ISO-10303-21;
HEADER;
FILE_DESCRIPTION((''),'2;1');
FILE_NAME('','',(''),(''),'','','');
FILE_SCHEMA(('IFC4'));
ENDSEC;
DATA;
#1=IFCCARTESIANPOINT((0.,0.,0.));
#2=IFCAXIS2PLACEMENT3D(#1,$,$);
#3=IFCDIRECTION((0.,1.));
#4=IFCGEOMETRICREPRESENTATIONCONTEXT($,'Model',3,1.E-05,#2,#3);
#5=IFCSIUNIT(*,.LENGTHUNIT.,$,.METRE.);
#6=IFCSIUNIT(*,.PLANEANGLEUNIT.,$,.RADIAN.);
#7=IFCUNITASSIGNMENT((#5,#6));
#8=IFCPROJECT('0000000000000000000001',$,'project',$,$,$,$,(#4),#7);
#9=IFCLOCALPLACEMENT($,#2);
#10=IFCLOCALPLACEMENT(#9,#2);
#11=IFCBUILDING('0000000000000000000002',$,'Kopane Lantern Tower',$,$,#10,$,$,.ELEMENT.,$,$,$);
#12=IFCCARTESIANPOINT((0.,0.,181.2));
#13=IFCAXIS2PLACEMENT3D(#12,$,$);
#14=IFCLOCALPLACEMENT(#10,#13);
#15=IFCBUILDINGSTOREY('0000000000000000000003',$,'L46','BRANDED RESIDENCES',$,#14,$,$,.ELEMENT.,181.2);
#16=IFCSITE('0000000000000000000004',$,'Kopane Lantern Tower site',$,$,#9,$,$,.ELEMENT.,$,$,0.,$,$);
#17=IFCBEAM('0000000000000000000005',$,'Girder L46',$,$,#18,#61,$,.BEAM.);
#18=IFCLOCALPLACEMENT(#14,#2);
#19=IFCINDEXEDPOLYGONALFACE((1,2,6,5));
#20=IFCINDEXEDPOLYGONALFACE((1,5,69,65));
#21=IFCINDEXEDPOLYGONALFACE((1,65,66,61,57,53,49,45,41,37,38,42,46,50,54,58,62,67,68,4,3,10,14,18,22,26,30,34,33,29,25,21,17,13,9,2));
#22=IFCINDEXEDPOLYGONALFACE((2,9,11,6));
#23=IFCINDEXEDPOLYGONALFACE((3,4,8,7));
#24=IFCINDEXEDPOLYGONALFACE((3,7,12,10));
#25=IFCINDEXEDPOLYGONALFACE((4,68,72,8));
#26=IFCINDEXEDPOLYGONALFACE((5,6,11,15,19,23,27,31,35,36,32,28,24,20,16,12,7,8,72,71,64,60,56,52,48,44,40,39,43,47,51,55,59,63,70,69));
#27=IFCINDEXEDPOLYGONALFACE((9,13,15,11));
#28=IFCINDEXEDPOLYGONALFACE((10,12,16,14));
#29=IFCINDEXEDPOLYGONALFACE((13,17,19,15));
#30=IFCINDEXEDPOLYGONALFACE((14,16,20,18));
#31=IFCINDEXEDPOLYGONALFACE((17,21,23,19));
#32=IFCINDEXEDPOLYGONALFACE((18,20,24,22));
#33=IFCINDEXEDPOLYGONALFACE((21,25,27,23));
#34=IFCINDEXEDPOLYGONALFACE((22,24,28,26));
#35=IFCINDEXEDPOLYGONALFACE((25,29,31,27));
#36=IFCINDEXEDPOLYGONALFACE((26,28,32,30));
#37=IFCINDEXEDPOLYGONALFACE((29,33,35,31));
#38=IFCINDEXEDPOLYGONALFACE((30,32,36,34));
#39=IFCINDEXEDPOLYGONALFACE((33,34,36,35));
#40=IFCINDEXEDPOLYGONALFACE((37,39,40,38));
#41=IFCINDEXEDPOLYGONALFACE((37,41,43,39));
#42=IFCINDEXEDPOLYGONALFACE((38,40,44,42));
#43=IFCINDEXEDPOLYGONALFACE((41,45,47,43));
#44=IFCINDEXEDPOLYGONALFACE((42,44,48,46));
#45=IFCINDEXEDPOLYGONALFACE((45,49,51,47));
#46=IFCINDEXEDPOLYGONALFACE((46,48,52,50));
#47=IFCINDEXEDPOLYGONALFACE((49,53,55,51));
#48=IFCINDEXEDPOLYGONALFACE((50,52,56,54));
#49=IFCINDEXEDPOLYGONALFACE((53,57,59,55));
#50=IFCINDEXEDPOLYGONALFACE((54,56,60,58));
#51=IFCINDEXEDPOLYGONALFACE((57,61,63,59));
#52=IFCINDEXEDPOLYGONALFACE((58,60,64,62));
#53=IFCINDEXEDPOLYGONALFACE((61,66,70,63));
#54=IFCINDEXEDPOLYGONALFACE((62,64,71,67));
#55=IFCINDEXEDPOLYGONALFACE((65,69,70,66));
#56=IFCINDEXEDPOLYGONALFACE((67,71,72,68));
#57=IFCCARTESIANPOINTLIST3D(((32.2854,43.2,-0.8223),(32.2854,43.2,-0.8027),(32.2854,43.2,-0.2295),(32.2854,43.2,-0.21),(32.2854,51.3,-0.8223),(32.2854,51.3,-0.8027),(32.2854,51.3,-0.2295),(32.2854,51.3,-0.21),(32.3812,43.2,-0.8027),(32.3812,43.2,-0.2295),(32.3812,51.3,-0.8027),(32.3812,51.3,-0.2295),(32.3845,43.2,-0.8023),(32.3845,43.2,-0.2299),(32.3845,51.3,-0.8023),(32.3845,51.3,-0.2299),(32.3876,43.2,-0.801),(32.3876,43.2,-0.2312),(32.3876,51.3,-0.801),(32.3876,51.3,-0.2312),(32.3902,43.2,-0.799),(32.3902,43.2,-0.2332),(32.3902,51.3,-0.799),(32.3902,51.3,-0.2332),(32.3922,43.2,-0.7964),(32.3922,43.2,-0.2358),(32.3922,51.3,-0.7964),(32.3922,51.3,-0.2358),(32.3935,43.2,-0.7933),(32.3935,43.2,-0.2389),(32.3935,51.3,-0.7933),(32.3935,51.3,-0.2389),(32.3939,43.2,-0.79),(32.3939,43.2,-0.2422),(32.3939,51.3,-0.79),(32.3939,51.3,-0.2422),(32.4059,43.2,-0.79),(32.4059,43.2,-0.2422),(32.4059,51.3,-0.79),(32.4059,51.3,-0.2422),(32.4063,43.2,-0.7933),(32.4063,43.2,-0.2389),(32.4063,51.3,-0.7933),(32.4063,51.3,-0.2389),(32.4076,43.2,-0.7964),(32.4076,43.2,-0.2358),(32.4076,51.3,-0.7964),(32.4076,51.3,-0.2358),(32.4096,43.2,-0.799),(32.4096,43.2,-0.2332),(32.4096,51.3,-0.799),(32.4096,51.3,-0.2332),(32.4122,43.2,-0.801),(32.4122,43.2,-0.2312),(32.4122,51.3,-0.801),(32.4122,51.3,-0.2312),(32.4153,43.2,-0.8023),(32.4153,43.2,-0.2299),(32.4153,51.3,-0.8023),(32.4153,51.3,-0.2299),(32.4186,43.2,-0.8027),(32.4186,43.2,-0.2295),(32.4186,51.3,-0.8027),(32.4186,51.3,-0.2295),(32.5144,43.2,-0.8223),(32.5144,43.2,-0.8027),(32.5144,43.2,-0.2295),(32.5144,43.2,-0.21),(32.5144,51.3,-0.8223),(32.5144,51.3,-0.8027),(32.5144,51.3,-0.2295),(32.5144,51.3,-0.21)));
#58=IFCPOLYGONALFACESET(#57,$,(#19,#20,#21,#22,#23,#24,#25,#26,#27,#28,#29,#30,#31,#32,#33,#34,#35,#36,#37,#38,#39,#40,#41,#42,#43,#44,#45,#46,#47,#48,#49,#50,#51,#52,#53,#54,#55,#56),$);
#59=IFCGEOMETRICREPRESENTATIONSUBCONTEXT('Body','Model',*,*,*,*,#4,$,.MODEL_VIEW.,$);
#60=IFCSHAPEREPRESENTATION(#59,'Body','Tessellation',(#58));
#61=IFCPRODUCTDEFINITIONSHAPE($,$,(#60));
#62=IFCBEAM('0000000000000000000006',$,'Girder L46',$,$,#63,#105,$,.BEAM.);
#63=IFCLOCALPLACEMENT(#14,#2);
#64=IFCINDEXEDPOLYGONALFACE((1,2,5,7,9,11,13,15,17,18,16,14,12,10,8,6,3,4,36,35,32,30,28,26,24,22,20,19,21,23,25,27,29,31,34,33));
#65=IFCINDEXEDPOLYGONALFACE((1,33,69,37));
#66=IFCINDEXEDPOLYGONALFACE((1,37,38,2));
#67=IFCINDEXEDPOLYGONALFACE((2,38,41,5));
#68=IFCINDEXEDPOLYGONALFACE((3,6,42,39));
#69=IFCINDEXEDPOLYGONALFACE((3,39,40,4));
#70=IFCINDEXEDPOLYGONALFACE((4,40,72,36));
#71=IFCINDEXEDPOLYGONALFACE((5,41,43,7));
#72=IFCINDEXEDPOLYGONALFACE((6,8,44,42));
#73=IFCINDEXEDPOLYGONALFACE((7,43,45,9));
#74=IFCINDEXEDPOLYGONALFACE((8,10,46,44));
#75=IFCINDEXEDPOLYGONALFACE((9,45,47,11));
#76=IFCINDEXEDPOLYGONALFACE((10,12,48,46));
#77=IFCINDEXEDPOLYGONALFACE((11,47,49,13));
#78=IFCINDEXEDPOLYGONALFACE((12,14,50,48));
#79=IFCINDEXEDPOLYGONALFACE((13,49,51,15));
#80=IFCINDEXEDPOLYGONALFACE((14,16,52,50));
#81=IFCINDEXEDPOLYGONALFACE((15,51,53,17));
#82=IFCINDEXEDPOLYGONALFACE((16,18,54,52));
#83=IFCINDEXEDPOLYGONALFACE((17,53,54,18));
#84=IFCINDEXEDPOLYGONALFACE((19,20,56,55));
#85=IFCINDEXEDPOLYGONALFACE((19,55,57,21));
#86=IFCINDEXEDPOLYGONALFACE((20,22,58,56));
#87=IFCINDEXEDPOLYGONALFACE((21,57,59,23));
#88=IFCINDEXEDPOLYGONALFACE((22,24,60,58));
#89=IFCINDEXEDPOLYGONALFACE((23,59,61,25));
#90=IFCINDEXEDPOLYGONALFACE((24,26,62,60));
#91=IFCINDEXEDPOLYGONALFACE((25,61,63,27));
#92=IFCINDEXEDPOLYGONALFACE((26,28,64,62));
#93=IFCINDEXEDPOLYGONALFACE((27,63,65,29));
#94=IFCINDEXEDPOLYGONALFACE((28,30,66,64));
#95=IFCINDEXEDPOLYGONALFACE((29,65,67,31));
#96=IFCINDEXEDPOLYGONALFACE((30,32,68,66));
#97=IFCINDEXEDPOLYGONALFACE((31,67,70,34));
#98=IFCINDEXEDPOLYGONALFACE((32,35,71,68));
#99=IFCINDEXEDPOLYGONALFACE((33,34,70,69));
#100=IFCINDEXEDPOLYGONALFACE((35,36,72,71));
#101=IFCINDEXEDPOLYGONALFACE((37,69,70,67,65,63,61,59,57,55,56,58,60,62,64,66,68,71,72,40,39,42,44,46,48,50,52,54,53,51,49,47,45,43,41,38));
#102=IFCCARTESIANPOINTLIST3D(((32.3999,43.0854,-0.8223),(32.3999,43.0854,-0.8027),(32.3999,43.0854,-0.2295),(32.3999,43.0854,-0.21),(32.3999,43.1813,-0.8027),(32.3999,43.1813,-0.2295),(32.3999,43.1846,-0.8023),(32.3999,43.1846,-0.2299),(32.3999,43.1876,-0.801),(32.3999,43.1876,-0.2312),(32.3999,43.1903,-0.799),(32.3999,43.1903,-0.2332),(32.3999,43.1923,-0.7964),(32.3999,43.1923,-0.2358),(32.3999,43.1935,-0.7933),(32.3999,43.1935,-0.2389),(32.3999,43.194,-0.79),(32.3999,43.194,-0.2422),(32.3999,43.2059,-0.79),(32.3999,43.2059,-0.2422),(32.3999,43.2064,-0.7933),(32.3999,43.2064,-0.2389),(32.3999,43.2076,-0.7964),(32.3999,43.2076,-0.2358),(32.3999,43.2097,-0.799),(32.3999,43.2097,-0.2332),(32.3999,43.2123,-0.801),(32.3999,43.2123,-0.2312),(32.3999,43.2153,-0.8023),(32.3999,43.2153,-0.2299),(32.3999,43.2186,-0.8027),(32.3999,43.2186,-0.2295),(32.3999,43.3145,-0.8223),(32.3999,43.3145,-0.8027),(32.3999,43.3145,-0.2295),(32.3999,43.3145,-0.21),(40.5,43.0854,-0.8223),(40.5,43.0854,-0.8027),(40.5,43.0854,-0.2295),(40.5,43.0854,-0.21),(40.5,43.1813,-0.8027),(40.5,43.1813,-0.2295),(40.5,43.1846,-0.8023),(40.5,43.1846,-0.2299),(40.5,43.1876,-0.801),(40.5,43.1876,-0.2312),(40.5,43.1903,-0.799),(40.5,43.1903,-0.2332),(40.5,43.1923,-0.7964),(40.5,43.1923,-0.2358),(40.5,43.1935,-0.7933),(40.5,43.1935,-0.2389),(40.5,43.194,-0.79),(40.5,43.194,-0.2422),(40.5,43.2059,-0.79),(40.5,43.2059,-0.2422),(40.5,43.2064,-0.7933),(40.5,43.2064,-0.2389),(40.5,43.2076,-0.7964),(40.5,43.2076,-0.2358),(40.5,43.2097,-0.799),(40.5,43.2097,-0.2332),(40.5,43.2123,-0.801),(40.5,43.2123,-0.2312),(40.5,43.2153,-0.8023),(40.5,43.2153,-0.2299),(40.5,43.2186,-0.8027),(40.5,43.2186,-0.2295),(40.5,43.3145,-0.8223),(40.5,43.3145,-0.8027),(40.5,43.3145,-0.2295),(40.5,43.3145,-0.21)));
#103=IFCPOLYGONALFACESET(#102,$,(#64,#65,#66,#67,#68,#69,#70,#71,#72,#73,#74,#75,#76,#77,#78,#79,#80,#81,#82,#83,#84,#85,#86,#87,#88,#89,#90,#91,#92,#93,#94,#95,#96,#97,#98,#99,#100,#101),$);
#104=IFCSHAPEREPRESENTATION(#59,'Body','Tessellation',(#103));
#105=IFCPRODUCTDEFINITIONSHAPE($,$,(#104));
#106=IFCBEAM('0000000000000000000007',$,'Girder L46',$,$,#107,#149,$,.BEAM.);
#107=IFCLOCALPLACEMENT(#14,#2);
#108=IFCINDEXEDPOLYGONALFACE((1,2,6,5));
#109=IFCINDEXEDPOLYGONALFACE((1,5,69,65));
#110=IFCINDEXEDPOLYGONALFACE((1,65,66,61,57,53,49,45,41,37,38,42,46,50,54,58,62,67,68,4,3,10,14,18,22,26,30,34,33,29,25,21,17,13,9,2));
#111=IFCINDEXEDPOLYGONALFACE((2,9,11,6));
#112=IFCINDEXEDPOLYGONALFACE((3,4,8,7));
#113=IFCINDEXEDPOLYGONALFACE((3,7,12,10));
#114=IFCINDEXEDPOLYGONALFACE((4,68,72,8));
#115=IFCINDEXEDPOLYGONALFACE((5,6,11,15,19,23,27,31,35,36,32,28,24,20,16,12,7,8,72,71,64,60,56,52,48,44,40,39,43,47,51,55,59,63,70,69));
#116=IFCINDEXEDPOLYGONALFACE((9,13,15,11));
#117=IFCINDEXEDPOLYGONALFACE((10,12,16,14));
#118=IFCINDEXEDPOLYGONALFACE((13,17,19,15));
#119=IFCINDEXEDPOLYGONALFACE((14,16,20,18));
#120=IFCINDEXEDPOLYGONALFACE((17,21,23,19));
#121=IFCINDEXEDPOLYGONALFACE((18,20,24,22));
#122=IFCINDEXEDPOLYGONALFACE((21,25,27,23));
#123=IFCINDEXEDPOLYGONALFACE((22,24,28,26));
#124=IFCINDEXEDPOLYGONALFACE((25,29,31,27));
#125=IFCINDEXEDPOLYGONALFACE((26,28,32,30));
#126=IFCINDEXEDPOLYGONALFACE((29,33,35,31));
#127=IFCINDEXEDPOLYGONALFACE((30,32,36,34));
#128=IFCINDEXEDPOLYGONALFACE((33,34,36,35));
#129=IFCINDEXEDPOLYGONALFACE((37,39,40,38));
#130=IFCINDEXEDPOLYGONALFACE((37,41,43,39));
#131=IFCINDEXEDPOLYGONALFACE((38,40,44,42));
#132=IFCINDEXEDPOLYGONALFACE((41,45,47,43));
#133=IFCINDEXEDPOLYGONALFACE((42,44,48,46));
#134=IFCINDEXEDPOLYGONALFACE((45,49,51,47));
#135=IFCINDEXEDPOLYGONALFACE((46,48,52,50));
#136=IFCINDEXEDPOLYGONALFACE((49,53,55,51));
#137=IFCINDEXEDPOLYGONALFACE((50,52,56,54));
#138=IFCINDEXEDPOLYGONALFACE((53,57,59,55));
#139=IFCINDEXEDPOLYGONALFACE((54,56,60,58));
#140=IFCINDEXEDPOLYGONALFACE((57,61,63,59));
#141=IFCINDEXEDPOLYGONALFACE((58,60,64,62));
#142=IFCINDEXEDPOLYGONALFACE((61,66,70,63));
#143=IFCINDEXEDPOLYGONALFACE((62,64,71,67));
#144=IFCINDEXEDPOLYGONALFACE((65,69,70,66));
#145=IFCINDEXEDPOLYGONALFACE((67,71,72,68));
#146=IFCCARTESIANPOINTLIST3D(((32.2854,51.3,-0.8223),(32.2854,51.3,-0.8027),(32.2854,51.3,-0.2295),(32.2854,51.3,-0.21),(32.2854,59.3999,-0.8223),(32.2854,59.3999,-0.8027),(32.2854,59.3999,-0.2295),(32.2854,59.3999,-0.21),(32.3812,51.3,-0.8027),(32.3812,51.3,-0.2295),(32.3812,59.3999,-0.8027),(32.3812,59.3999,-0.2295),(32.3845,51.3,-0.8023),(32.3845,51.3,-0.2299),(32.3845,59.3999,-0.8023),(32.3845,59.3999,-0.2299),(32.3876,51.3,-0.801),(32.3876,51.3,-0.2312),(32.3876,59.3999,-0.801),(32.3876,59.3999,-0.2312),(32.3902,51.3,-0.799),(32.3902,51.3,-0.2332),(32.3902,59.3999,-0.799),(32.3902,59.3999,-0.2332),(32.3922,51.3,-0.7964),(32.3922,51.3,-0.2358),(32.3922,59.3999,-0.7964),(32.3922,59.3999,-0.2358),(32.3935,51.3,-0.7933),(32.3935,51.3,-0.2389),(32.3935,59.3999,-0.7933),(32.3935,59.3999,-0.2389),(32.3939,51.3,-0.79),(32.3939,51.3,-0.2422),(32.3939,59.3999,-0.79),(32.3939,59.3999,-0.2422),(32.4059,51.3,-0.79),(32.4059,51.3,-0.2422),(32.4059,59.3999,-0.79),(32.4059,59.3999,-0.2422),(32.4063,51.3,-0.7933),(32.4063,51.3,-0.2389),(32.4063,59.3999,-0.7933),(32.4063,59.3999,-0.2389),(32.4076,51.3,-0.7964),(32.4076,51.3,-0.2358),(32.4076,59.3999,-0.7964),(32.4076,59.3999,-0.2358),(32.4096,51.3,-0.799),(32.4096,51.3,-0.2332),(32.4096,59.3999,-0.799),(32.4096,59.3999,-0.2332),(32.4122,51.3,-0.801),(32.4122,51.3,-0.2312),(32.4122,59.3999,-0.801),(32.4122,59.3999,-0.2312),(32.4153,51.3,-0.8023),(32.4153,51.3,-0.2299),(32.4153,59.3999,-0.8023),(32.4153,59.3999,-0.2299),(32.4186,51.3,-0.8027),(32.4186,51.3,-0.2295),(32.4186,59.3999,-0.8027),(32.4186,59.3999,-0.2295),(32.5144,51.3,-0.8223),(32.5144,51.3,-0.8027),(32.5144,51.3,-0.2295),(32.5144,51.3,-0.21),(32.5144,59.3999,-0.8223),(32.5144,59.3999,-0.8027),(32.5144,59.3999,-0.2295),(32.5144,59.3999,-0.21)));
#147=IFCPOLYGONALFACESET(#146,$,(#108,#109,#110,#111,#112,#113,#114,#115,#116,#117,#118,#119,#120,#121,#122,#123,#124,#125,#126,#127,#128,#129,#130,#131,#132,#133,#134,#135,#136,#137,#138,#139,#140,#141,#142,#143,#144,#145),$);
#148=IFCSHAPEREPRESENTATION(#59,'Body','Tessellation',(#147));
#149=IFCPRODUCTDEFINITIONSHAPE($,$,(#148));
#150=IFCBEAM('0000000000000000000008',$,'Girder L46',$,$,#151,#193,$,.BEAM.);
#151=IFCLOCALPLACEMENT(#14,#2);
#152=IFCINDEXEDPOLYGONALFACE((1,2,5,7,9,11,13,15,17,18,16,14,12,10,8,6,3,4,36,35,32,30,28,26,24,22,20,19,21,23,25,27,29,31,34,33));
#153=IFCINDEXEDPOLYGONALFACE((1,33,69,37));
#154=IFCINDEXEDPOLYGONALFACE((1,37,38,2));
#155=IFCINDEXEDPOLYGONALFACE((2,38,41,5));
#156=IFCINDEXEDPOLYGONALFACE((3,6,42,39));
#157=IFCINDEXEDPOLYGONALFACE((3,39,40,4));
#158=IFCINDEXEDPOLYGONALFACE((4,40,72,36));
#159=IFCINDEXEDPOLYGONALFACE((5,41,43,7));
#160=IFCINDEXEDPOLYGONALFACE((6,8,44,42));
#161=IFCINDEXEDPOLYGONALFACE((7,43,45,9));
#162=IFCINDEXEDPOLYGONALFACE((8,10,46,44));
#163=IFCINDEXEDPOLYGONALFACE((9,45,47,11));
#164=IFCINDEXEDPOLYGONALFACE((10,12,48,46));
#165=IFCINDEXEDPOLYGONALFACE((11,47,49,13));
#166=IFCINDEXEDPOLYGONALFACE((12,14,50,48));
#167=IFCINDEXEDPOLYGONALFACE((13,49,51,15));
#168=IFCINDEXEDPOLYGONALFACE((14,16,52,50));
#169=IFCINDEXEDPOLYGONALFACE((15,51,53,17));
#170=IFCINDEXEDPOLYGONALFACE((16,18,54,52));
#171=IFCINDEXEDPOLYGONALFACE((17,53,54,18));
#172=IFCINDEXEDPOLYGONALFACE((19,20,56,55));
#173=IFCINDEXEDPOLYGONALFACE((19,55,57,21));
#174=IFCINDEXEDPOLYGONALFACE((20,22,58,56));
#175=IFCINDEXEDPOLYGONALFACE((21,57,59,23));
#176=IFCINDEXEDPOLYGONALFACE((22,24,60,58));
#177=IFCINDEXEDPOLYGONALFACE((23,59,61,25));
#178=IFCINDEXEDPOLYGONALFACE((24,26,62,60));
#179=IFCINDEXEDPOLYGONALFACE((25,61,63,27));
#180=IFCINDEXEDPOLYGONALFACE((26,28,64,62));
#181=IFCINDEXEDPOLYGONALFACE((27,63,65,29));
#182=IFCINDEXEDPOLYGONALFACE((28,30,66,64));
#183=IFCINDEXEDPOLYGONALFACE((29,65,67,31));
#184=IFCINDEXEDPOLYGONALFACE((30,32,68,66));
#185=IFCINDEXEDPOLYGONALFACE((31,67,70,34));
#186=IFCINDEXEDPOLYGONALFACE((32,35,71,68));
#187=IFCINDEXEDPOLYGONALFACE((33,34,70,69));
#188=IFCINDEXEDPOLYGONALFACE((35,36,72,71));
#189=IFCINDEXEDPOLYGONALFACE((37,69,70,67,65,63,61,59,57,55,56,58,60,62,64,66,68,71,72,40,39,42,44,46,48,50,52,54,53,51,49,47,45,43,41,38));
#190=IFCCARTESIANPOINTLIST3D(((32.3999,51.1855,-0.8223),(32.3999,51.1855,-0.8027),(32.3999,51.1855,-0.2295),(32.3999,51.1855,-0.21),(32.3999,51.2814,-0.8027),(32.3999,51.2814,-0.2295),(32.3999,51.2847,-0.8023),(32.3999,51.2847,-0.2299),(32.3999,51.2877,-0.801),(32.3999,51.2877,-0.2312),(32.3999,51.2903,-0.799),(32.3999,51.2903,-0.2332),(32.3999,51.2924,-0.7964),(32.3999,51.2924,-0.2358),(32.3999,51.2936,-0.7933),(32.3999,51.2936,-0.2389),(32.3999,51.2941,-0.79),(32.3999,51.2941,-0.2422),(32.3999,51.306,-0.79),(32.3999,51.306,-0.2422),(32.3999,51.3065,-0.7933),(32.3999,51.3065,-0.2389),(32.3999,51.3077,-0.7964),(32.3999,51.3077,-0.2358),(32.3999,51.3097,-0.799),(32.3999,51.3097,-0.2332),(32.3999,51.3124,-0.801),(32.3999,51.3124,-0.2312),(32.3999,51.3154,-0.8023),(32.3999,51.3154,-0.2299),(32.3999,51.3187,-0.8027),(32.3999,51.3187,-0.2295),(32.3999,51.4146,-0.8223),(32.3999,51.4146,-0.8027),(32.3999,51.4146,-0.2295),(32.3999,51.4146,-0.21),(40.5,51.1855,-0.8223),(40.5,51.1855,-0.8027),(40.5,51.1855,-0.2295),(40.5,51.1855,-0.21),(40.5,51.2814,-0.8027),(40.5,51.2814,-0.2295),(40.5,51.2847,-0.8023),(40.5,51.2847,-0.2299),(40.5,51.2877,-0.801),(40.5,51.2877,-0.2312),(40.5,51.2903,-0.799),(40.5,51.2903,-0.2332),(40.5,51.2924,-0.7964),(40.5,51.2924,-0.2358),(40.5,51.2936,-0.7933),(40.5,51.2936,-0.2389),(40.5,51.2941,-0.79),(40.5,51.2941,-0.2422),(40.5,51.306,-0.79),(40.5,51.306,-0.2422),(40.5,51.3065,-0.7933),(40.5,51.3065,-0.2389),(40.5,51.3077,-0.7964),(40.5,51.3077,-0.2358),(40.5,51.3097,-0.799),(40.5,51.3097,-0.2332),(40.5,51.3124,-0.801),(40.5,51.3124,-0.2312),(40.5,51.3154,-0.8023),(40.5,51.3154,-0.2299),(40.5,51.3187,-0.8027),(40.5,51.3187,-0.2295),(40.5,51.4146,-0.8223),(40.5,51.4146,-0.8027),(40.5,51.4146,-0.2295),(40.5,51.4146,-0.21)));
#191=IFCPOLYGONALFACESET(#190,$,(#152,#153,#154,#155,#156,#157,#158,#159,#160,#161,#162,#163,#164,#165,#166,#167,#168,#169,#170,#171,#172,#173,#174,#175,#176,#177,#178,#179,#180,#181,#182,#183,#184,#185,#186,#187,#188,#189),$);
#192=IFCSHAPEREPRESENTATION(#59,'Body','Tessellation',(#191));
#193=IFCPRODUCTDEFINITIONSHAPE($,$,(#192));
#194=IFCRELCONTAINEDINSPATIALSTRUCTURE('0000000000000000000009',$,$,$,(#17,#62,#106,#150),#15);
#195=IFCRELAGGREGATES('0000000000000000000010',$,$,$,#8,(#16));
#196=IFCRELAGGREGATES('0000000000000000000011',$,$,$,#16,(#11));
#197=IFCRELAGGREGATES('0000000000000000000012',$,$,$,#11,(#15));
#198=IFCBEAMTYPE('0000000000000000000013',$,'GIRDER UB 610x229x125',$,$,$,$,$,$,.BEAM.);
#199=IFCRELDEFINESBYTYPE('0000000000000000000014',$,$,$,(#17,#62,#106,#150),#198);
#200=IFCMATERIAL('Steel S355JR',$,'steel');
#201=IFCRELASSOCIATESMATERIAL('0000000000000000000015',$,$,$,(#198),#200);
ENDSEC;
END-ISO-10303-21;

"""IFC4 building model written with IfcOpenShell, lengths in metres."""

from ifc_helpers import new_model, si_unit, direction, frame, origin, origin_2d, place, context, subcontext, project, spatial, i_section, extrude, material, material_profile, profile_set, type_object, element, save


model = new_model("IFC4")

# Units and contexts
model_context = context("Model", 3, precision=1e-05, world=origin(), true_north=direction((0.0, 1.0)))
body_context = subcontext(model_context, "Body", "Model", "MODEL_VIEW")
ifc_project = project(units=[si_unit("LENGTHUNIT", "METRE"), si_unit("PLANEANGLEUNIT", "RADIAN")], contexts=[model_context])

# Site, building, storey
site_placement = place(None, origin())
site = spatial("IfcSite", under=ifc_project, at=site_placement, Name="Kopane Lantern Tower site", CompositionType="ELEMENT", RefElevation=0.0)
building_placement = place(site_placement, origin())
building = spatial("IfcBuilding", under=site, at=building_placement, Name="Kopane Lantern Tower", CompositionType="ELEMENT")
storey_placement = place(building_placement, frame((0.0, 0.0, 181.2)))
storey = spatial("IfcBuildingStorey", under=building, at=storey_placement, Name="L46", Description="BRANDED RESIDENCES", CompositionType="ELEMENT", Elevation=181.2)

# Beams
ifc_material_1 = material(Name="Steel S355JR", Category="steel")
ifc_material_profile_1 = material_profile(ifc_material_1, i_section(OverallWidth=0.229, OverallDepth=0.6123, WebThickness=0.012, FlangeThickness=0.0195, FilletRadius=0.0127, at=origin_2d()), Name="UB 610x229x125")
ifc_profile_set_1 = profile_set([ifc_material_profile_1], Name="Steel S355JR")
beam_type_1 = type_object("IfcBeamType", Name="GIRDER UB 610x229x125", PredefinedType="BEAM", material=ifc_profile_set_1)
for number, where, z_axis, x_axis, name in (
    (1, (32.3999, 43.2, -0.5161), (0.0, 1.0, 0.0), (-1.0, 0.0, 0.0), "Girder L46"),
    (2, (32.3999, 43.2, -0.5161), (1.0, 0.0, 0.0), (0.0, 1.0, 0.0), "Girder L46"),
):
    element("IfcBeam", number, at=place(storey_placement, frame(where, z_axis=z_axis, x_axis=x_axis)), inside=storey, type_object=beam_type_1, Name=name, PredefinedType="BEAM", context=body_context, shape_type="SweptSolid", body=[
        extrude(i_section(OverallWidth=0.229, OverallDepth=0.6123, WebThickness=0.012, FlangeThickness=0.0195, FilletRadius=0.0127, at=origin_2d()), origin(), (0.0, 0.0, 1.0), 8.1001),
    ])
beam_1_placement = place(storey_placement, frame((32.3999, 51.3, -0.5161), z_axis=(0.0, 1.0, 0.0), x_axis=(-1.0, 0.0, 0.0)))
element("IfcBeam", 3, at=beam_1_placement, inside=storey, type_object=beam_type_1, Name="Girder L46", PredefinedType="BEAM", context=body_context, shape_type="SweptSolid", body=[
    extrude(i_section(OverallWidth=0.229, OverallDepth=0.6123, WebThickness=0.012, FlangeThickness=0.0195, FilletRadius=0.0127, at=origin_2d()), origin(), (0.0, 0.0, 1.0), 8.0999),
])
for number, where, z_axis, x_axis, name in (
    (4, (32.3999, 51.3, -0.5161), (1.0, 0.0, 0.0), (0.0, 1.0, 0.0), "Girder L46"),
):
    element("IfcBeam", number, at=place(storey_placement, frame(where, z_axis=z_axis, x_axis=x_axis)), inside=storey, type_object=beam_type_1, Name=name, PredefinedType="BEAM", context=body_context, shape_type="SweptSolid", body=[
        extrude(i_section(OverallWidth=0.229, OverallDepth=0.6123, WebThickness=0.012, FlangeThickness=0.0195, FilletRadius=0.0127, at=origin_2d()), origin(), (0.0, 0.0, 1.0), 8.1001),
    ])

save(model, "model.ifc")
